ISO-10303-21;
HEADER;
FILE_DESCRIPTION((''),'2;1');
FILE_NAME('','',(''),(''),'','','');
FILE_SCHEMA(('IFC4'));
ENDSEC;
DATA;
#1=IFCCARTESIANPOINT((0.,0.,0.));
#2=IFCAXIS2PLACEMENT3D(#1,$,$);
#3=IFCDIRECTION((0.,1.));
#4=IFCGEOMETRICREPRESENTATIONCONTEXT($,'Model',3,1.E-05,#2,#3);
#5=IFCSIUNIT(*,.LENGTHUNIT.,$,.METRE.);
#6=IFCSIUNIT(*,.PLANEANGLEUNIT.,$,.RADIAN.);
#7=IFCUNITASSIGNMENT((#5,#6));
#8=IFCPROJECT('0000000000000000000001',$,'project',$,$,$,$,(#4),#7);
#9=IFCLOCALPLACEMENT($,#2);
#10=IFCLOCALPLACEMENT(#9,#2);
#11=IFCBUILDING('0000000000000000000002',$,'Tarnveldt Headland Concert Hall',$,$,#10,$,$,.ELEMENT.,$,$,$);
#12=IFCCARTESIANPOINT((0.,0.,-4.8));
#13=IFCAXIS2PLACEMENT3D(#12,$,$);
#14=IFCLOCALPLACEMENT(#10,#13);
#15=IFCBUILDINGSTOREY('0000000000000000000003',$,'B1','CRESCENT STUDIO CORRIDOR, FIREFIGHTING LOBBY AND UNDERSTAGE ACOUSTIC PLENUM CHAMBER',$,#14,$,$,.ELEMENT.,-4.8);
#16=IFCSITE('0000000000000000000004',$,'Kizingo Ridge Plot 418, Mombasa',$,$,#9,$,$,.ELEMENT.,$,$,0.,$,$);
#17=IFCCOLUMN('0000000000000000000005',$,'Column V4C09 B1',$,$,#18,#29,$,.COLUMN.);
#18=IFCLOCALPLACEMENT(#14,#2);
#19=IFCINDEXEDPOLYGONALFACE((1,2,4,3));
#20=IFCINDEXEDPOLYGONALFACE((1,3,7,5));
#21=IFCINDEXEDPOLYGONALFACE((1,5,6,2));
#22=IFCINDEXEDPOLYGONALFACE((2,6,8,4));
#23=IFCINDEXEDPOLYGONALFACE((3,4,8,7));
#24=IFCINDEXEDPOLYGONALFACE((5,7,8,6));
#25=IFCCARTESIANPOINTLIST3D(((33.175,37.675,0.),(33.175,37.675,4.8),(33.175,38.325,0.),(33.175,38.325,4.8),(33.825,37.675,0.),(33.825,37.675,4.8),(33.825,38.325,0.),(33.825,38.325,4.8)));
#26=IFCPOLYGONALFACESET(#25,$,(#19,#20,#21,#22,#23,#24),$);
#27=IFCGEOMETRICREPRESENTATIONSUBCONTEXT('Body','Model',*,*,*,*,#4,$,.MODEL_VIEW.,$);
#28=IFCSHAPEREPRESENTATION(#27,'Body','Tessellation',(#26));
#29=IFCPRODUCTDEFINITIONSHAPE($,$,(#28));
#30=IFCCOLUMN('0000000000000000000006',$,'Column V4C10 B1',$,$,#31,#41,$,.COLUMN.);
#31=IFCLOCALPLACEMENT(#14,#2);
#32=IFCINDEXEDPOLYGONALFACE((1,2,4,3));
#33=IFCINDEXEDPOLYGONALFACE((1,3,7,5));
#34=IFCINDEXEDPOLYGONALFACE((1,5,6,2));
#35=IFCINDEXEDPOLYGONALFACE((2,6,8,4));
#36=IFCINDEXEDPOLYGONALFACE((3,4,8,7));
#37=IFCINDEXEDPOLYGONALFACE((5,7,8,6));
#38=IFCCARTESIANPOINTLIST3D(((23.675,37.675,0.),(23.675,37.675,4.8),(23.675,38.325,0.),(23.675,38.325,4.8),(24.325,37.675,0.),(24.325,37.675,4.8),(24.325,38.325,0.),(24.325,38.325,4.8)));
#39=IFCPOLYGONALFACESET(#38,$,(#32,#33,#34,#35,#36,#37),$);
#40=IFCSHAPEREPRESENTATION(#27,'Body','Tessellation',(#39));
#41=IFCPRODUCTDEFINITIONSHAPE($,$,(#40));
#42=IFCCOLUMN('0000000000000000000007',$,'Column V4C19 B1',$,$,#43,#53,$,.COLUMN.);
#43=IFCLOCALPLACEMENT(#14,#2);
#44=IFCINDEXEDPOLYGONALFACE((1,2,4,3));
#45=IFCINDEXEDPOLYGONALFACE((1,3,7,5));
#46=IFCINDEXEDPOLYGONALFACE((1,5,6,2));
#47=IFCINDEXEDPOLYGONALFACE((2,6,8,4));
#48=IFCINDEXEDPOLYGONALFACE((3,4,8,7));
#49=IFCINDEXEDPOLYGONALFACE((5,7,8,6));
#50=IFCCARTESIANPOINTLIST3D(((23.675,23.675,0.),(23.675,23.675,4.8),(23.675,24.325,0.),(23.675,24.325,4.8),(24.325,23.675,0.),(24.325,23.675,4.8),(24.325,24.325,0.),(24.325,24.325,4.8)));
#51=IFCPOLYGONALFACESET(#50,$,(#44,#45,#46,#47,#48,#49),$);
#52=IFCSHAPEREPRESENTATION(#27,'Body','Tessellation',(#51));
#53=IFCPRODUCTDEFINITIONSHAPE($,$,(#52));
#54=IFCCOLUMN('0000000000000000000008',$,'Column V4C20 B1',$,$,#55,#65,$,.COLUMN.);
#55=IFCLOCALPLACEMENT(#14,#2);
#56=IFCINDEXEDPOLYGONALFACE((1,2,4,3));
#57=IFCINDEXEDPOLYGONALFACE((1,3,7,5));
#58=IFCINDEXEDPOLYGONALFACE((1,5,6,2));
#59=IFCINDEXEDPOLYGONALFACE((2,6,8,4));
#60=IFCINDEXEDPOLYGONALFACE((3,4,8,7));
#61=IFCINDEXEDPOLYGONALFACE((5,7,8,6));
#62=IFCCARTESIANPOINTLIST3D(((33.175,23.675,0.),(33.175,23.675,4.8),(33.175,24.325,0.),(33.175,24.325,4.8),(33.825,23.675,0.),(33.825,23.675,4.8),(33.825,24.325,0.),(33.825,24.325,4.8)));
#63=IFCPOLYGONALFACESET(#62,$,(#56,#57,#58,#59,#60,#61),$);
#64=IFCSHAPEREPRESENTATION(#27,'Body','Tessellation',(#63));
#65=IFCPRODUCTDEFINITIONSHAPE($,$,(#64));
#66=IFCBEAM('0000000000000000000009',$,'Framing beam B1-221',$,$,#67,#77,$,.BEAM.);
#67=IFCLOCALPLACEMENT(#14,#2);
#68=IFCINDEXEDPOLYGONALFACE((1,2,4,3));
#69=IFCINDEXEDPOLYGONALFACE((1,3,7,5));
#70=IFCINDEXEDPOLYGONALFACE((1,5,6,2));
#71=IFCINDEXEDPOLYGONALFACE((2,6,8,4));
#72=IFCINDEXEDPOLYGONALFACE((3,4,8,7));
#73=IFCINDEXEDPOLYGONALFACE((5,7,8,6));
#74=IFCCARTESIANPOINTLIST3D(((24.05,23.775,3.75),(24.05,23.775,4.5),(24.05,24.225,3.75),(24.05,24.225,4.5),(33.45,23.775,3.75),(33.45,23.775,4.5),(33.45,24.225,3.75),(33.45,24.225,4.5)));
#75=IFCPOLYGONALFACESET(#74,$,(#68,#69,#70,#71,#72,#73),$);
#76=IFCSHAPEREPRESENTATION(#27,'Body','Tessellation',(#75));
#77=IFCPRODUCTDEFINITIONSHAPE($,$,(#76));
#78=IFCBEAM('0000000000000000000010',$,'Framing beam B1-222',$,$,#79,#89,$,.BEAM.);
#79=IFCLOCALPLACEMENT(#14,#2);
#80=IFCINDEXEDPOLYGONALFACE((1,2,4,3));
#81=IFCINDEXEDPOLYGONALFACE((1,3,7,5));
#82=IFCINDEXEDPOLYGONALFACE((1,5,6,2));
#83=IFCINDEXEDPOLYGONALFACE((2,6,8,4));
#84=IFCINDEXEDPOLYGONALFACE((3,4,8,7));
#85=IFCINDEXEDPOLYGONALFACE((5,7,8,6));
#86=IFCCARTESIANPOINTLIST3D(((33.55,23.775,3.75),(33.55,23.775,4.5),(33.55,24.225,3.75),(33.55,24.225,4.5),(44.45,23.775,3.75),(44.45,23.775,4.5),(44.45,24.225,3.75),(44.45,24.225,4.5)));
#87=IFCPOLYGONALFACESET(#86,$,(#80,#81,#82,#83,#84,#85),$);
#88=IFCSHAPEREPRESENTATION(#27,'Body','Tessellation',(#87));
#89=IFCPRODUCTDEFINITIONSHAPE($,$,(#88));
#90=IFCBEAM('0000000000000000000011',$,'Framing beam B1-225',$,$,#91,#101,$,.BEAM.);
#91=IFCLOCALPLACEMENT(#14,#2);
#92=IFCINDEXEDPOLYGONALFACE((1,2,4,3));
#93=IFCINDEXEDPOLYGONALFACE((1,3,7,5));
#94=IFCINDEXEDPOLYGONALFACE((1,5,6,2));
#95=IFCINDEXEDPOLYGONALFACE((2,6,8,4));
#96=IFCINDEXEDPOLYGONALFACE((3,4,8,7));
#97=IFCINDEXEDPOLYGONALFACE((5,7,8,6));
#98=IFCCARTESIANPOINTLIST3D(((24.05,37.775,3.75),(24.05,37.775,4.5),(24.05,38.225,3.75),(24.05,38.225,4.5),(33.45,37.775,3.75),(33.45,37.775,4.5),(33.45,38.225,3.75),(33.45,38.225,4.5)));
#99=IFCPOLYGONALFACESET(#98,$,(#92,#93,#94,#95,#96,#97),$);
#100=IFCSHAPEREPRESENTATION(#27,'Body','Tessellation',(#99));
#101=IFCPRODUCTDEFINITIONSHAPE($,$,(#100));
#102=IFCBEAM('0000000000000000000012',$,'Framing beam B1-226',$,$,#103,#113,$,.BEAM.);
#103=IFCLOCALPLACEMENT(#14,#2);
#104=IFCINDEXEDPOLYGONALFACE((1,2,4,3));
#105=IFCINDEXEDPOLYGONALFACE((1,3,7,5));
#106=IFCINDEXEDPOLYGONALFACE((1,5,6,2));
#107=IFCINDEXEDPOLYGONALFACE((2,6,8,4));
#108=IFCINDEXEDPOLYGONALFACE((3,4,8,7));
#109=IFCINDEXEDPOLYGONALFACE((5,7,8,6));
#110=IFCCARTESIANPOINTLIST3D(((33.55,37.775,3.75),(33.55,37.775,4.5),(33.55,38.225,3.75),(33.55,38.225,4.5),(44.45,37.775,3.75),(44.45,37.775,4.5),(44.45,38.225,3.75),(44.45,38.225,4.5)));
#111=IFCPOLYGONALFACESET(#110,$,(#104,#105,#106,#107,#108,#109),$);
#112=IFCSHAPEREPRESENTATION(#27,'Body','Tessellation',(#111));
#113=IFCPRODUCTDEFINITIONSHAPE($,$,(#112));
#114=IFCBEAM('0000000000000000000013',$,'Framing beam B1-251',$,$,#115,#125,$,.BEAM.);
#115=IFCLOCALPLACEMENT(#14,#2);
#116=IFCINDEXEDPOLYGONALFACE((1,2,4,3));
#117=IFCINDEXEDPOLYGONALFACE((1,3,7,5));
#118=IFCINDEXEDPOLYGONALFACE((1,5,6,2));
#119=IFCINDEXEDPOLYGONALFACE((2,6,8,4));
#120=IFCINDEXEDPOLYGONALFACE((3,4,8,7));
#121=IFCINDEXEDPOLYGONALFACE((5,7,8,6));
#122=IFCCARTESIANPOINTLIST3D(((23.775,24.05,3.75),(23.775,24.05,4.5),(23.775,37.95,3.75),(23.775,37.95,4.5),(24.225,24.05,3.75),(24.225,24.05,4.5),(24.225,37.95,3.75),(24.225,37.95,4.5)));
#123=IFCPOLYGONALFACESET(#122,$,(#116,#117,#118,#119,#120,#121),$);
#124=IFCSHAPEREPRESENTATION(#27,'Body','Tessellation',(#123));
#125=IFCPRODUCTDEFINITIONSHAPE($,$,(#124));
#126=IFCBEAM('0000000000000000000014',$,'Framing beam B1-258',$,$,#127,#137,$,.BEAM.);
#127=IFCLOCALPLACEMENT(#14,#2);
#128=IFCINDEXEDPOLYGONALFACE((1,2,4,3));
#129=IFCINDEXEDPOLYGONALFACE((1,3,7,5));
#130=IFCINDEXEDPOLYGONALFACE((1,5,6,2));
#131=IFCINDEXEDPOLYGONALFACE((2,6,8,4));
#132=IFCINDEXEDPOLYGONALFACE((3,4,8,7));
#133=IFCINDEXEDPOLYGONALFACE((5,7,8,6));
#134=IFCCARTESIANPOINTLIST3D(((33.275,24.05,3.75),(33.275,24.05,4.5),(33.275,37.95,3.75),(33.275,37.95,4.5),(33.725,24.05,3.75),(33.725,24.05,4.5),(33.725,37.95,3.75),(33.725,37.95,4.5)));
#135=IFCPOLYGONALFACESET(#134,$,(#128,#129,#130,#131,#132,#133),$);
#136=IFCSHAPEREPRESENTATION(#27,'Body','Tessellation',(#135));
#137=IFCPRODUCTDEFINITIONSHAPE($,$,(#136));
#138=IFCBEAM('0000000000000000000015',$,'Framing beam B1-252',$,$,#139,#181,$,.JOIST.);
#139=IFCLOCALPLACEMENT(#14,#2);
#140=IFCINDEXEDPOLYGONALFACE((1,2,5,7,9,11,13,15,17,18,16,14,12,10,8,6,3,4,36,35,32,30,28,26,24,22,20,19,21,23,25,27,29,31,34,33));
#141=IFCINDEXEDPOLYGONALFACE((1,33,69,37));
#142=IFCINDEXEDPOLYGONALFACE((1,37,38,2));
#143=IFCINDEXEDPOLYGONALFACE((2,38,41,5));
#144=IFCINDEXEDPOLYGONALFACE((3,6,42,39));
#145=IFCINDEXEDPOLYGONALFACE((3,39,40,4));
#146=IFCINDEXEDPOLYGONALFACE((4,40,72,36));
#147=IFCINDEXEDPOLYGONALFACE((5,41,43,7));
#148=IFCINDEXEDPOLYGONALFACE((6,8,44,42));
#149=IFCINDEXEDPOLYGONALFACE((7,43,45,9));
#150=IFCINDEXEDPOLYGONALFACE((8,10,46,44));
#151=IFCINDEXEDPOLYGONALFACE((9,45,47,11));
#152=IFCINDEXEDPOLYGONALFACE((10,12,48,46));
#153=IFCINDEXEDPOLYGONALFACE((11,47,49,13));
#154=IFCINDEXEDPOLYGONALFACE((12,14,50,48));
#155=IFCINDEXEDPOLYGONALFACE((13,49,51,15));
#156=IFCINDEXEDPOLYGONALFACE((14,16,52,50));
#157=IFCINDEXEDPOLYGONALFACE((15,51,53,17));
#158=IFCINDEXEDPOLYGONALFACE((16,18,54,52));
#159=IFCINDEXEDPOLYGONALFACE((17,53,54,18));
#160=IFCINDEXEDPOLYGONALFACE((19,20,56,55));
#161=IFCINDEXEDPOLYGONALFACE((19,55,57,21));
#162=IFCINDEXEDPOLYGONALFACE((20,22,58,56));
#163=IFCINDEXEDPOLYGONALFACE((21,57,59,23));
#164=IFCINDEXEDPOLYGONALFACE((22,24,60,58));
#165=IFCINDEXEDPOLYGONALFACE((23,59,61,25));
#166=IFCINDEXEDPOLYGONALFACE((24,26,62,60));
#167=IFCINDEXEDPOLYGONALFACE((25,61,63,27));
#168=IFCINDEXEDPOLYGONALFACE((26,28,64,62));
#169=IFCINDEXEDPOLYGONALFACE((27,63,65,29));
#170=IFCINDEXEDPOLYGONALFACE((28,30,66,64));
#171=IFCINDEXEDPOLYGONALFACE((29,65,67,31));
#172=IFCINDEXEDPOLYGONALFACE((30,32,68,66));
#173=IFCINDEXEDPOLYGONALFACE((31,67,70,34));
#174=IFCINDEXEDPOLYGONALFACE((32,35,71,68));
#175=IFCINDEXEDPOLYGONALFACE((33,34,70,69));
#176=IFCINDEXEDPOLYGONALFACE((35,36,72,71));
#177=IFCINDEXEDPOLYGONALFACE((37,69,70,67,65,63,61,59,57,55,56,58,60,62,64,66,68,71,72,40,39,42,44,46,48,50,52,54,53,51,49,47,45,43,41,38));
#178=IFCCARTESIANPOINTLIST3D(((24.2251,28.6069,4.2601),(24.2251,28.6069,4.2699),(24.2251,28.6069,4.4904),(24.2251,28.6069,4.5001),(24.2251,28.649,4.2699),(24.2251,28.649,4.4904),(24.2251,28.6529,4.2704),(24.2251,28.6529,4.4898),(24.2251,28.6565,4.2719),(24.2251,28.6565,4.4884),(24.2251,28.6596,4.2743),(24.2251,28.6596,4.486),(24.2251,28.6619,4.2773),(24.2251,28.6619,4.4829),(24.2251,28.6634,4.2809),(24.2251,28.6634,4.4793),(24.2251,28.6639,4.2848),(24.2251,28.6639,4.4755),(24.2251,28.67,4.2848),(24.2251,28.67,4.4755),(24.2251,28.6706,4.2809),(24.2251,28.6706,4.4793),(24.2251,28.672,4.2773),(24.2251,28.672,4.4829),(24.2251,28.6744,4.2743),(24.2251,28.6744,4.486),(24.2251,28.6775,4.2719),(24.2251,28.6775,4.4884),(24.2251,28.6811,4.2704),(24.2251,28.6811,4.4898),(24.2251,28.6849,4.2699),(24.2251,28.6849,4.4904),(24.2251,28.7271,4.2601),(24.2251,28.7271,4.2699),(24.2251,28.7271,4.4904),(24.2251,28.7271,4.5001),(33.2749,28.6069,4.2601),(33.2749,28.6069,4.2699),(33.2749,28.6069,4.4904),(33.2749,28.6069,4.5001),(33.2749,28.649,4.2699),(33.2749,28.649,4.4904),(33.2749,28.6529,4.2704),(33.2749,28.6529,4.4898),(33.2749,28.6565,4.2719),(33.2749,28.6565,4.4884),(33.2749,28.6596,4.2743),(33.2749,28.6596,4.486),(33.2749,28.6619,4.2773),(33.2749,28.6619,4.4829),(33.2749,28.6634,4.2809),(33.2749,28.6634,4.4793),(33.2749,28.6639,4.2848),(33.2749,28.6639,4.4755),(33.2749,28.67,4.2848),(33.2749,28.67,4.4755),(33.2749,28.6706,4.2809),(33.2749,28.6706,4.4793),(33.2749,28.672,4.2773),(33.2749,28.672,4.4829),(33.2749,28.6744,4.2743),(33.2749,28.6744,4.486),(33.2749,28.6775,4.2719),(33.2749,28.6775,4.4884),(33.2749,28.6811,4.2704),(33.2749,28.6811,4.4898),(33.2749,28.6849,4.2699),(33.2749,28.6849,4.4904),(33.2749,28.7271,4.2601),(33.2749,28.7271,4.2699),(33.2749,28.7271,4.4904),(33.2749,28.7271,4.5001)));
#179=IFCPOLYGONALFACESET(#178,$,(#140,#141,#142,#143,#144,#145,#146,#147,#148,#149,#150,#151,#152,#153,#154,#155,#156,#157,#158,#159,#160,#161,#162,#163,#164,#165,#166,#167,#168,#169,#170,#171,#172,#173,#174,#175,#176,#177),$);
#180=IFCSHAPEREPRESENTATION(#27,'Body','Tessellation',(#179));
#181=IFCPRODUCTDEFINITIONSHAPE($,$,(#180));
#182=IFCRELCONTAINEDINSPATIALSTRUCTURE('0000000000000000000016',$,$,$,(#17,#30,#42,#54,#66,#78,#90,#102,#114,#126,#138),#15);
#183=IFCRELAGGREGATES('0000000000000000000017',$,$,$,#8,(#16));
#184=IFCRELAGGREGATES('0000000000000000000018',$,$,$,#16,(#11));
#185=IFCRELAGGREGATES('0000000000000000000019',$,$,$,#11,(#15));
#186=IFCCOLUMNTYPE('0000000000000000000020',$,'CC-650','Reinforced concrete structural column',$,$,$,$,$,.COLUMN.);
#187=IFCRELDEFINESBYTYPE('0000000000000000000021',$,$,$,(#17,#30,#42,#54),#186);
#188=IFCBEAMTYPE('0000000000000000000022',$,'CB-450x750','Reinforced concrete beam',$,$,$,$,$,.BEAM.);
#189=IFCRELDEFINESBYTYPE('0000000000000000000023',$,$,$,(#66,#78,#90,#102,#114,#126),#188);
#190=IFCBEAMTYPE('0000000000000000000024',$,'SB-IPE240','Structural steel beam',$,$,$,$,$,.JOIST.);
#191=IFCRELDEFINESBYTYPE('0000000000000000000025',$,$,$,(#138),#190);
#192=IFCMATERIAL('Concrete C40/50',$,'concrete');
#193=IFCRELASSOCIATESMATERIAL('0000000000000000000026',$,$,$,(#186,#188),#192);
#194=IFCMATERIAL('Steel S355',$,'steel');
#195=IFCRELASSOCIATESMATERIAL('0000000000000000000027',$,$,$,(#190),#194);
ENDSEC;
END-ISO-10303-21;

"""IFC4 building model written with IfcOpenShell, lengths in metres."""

from ifc_helpers import new_model, si_unit, direction, frame, origin, origin_2d, place, context, subcontext, project, spatial, rectangle, i_section, extrude, material, material_profile, profile_set, type_object, element, save


model = new_model("IFC4")

# Units and contexts
model_context = context("Model", 3, precision=1e-05, world=origin(), true_north=direction((0.0, 1.0)))
body_context = subcontext(model_context, "Body", "Model", "MODEL_VIEW")
ifc_project = project(units=[si_unit("LENGTHUNIT", "METRE"), si_unit("PLANEANGLEUNIT", "RADIAN")], contexts=[model_context])

# Site, building, storey
site_placement = place(None, origin())
site = spatial("IfcSite", under=ifc_project, at=site_placement, Name="Kizingo Ridge Plot 418, Mombasa", CompositionType="ELEMENT", RefElevation=0.0)
building_placement = place(site_placement, origin())
building = spatial("IfcBuilding", under=site, at=building_placement, Name="Tarnveldt Headland Concert Hall", CompositionType="ELEMENT")
storey_placement = place(building_placement, frame((0.0, 0.0, -4.8)))
storey = spatial("IfcBuildingStorey", under=building, at=storey_placement, Name="B1", Description="CRESCENT STUDIO CORRIDOR, FIREFIGHTING LOBBY AND UNDERSTAGE ACOUSTIC PLENUM CHAMBER", CompositionType="ELEMENT", Elevation=-4.8)

# Shared definitions
ifc_material_1 = material(Name="Concrete C40/50", Category="concrete")

# Columns
ifc_material_profile_1 = material_profile(ifc_material_1, rectangle(XDim=0.6499, YDim=0.6499, at=origin_2d()), Name="RC 650x650", Category="concrete")
ifc_profile_set_1 = profile_set([ifc_material_profile_1], Name="Concrete C40/50")
column_type = type_object("IfcColumnType", Name="CC-650", Description="Reinforced concrete structural column", PredefinedType="COLUMN", material=ifc_profile_set_1)
for number, where, z_axis, x_axis, name in (
    (1, (33.5, 38.0, 0.0), (0.0, 0.0, 1.0), (1.0, 0.0, 0.0), "Column V4C09 B1"),
    (2, (24.0, 38.0, 0.0), (0.0, 0.0, 1.0), (1.0, 0.0, 0.0), "Column V4C10 B1"),
    (3, (24.0, 24.0, 0.0), (0.0, 0.0, 1.0), (1.0, 0.0, 0.0), "Column V4C19 B1"),
    (4, (33.5, 24.0, 0.0), (0.0, 0.0, 1.0), (1.0, 0.0, 0.0), "Column V4C20 B1"),
):
    element("IfcColumn", number, at=place(storey_placement, frame(where, z_axis=z_axis, x_axis=x_axis)), inside=storey, type_object=column_type, Name=name, PredefinedType="COLUMN", context=body_context, shape_type="SweptSolid", body=[
        extrude(rectangle(XDim=0.6499, YDim=0.6499, at=origin_2d()), origin(), (0.0, 0.0, 1.0), 4.8),
    ])

# Beams
ifc_material_profile_2 = material_profile(ifc_material_1, rectangle(XDim=0.45, YDim=0.75, at=origin_2d()), Name="RC 450x750", Category="concrete")
ifc_profile_set_2 = profile_set([ifc_material_profile_2], Name="Concrete C40/50")
beam_type_1 = type_object("IfcBeamType", Name="CB-450x750", Description="Reinforced concrete beam", PredefinedType="BEAM", material=ifc_profile_set_2)
beam_1_placement = place(storey_placement, frame((24.05, 24.0, 4.125), z_axis=(1.0, 0.0, 0.0), x_axis=(0.0, 1.0, 0.0)))
element("IfcBeam", 5, at=beam_1_placement, inside=storey, type_object=beam_type_1, Name="Framing beam B1-221", PredefinedType="BEAM", context=body_context, shape_type="SweptSolid", body=[
    extrude(rectangle(XDim=0.45, YDim=0.75, at=origin_2d()), origin(), (0.0, 0.0, 1.0), 9.3999),
])
beam_2_placement = place(storey_placement, frame((33.55, 24.0, 4.125), z_axis=(1.0, 0.0, 0.0), x_axis=(0.0, 1.0, 0.0)))
element("IfcBeam", 6, at=beam_2_placement, inside=storey, type_object=beam_type_1, Name="Framing beam B1-222", PredefinedType="BEAM", context=body_context, shape_type="SweptSolid", body=[
    extrude(rectangle(XDim=0.45, YDim=0.75, at=origin_2d()), origin(), (0.0, 0.0, 1.0), 10.8999),
])
beam_3_placement = place(storey_placement, frame((24.05, 38.0, 4.125), z_axis=(1.0, 0.0, 0.0), x_axis=(0.0, 1.0, 0.0)))
element("IfcBeam", 7, at=beam_3_placement, inside=storey, type_object=beam_type_1, Name="Framing beam B1-225", PredefinedType="BEAM", context=body_context, shape_type="SweptSolid", body=[
    extrude(rectangle(XDim=0.45, YDim=0.75, at=origin_2d()), origin(), (0.0, 0.0, 1.0), 9.3999),
])
beam_4_placement = place(storey_placement, frame((33.55, 38.0, 4.125), z_axis=(1.0, 0.0, 0.0), x_axis=(0.0, 1.0, 0.0)))
element("IfcBeam", 8, at=beam_4_placement, inside=storey, type_object=beam_type_1, Name="Framing beam B1-226", PredefinedType="BEAM", context=body_context, shape_type="SweptSolid", body=[
    extrude(rectangle(XDim=0.45, YDim=0.75, at=origin_2d()), origin(), (0.0, 0.0, 1.0), 10.8999),
])
for number, where, z_axis, x_axis, name in (
    (9, (24.0, 24.05, 4.125), (0.0, 1.0, 0.0), (-1.0, 0.0, 0.0), "Framing beam B1-251"),
    (10, (33.5, 24.05, 4.125), (0.0, 1.0, 0.0), (-1.0, 0.0, 0.0), "Framing beam B1-258"),
):
    element("IfcBeam", number, at=place(storey_placement, frame(where, z_axis=z_axis, x_axis=x_axis)), inside=storey, type_object=beam_type_1, Name=name, PredefinedType="BEAM", context=body_context, shape_type="SweptSolid", body=[
        extrude(rectangle(XDim=0.45, YDim=0.75, at=origin_2d()), origin(), (0.0, 0.0, 1.0), 13.8999),
    ])
ifc_material_2 = material(Name="Steel S355", Category="steel")
ifc_material_profile_3 = material_profile(ifc_material_2, i_section(OverallWidth=0.1201, OverallDepth=0.24, WebThickness=0.0061, FlangeThickness=0.0098, FilletRadius=0.0149, at=origin_2d()), Name="IPE240", Category="steel")
ifc_profile_set_3 = profile_set([ifc_material_profile_3], Name="Steel S355")
beam_type_2 = type_object("IfcBeamType", Name="SB-IPE240", Description="Structural steel beam", PredefinedType="JOIST", material=ifc_profile_set_3)
for number, where, z_axis, x_axis, name in (
    (11, (24.2251, 28.667, 4.3801), (1.0, 0.0, 0.0), (0.0, 1.0, 0.0), "Framing beam B1-252"),
):
    element("IfcBeam", number, at=place(storey_placement, frame(where, z_axis=z_axis, x_axis=x_axis)), inside=storey, type_object=beam_type_2, Name=name, PredefinedType="JOIST", context=body_context, shape_type="SweptSolid", body=[
        extrude(i_section(OverallWidth=0.1201, OverallDepth=0.24, WebThickness=0.0061, FlangeThickness=0.0098, FilletRadius=0.0149, at=origin_2d()), origin(), (0.0, 0.0, 1.0), 9.0498),
    ])

save(model, "model.ifc")
